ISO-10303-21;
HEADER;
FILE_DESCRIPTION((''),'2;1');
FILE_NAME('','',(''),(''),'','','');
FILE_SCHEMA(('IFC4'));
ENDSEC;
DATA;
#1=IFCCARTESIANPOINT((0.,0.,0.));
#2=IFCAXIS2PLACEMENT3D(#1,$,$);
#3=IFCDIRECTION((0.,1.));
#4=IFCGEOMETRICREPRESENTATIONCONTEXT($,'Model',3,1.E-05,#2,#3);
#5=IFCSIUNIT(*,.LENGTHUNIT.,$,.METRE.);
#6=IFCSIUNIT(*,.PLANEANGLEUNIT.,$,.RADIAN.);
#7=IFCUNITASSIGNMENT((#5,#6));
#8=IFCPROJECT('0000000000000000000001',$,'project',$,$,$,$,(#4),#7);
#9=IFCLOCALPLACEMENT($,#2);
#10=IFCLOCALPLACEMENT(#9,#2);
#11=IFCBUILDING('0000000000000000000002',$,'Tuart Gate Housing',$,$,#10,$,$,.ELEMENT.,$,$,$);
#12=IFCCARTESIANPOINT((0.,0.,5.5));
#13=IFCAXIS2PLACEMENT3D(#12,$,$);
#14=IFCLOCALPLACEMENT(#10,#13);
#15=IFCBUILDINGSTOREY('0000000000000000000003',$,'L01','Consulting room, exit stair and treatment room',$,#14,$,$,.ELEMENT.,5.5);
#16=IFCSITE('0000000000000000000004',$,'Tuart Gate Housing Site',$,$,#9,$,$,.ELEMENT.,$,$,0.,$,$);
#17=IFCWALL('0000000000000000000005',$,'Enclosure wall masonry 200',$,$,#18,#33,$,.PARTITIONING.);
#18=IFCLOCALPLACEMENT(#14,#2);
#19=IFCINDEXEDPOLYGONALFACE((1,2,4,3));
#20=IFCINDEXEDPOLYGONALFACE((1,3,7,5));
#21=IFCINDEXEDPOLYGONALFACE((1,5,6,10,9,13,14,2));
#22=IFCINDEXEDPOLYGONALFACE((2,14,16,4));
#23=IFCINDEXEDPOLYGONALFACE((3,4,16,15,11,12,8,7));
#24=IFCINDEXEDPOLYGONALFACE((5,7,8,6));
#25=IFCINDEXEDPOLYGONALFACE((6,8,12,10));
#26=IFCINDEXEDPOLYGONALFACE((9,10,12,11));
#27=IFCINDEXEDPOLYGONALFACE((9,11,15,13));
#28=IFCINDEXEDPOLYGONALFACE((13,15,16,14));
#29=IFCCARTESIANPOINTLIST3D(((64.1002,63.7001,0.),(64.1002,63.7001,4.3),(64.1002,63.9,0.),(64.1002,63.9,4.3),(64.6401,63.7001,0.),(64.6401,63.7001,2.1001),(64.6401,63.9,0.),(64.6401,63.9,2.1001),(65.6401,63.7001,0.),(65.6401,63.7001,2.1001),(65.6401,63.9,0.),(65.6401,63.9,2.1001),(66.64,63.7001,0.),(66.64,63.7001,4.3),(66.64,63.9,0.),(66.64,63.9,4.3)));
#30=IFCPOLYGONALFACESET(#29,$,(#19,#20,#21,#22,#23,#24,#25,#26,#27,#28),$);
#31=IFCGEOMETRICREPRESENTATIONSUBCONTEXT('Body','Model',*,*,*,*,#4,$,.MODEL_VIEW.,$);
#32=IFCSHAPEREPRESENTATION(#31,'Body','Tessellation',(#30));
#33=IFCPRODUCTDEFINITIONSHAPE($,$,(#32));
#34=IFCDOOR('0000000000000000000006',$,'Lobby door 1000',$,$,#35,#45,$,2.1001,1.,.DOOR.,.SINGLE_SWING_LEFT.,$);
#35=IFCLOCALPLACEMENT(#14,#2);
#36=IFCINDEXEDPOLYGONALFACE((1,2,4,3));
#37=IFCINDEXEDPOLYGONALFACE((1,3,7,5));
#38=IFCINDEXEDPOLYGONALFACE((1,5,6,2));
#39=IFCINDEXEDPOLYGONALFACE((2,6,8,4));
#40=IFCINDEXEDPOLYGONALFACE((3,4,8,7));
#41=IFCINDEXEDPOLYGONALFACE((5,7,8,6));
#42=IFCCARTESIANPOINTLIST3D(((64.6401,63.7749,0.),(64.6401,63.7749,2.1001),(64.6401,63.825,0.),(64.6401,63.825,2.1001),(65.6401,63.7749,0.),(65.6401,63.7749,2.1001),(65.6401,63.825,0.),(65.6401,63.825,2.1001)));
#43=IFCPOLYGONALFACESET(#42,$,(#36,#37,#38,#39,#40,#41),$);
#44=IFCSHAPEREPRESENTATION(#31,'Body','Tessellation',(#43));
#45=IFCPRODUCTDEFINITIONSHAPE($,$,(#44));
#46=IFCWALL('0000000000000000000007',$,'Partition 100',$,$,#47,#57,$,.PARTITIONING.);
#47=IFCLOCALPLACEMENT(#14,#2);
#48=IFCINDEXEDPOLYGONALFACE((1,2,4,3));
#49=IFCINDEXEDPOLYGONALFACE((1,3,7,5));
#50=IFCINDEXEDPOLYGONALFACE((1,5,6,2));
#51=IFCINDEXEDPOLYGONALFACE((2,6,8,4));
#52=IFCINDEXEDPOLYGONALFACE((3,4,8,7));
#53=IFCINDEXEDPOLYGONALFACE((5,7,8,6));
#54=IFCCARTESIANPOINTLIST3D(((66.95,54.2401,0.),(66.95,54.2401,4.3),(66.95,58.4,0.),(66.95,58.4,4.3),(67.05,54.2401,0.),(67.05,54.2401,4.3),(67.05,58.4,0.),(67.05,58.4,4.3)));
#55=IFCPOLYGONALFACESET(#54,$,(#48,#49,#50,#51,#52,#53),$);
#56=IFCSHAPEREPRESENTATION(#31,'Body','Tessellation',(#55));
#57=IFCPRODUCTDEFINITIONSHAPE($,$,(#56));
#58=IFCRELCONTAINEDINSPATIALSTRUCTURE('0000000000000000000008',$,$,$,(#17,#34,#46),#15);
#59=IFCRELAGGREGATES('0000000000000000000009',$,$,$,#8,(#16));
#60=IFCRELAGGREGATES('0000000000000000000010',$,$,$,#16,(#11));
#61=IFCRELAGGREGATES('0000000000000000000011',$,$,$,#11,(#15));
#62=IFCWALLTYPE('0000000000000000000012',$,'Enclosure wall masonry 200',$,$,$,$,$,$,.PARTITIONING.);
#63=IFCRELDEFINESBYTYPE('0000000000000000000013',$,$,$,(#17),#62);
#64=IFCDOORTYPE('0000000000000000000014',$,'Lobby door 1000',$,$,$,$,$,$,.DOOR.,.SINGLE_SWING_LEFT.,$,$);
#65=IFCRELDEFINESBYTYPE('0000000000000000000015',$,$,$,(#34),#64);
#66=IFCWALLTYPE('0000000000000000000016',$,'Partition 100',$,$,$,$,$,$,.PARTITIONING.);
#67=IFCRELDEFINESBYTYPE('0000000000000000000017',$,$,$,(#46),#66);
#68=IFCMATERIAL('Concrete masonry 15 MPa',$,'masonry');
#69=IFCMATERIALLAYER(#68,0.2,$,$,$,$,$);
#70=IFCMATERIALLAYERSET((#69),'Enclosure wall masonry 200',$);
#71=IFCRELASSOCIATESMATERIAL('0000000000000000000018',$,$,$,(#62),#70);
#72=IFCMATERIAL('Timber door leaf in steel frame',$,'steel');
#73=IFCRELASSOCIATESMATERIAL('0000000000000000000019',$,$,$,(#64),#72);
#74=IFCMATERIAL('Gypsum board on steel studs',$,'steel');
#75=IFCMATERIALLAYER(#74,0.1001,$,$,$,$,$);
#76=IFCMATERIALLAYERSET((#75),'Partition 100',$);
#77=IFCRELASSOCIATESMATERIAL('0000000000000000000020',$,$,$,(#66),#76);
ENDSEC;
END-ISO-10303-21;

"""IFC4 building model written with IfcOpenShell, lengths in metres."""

from ifc_helpers import new_model, si_unit, direction, frame, frame_2d, origin, place, context, subcontext, project, spatial, rectangle, extrude, material, layer, layer_set, type_object, element, fill, save


model = new_model("IFC4")

# Units and contexts
model_context = context("Model", 3, precision=1e-05, world=origin(), true_north=direction((0.0, 1.0)))
body_context = subcontext(model_context, "Body", "Model", "MODEL_VIEW")
ifc_project = project(units=[si_unit("LENGTHUNIT", "METRE"), si_unit("PLANEANGLEUNIT", "RADIAN")], contexts=[model_context])

# Site, building, storey
site_placement = place(None, origin())
site = spatial("IfcSite", under=ifc_project, at=site_placement, Name="Tuart Gate Housing Site", CompositionType="ELEMENT", RefElevation=0.0)
building_placement = place(site_placement, origin())
building = spatial("IfcBuilding", under=site, at=building_placement, Name="Tuart Gate Housing", CompositionType="ELEMENT")
storey_placement = place(building_placement, frame((0.0, 0.0, 5.5)))
storey = spatial("IfcBuildingStorey", under=building, at=storey_placement, Name="L01", Description="Consulting room, exit stair and treatment room", CompositionType="ELEMENT", Elevation=5.5)

# Wall, opening, door
ifc_material_1 = material(Name="Concrete masonry 15 MPa", Category="masonry")
ifc_layer_1 = layer(ifc_material_1, 0.2)
ifc_layer_set_1 = layer_set([ifc_layer_1], Name="Enclosure wall masonry 200")
wall_type_1 = type_object("IfcWallType", Name="Enclosure wall masonry 200", PredefinedType="PARTITIONING", material=ifc_layer_set_1)
wall_1_placement = place(storey_placement, frame((64.1001, 63.8, 0.0), z_axis=(0.0, 0.0, 1.0), x_axis=(1.0, 0.0, 0.0)))
wall_1 = element("IfcWall", 1, at=wall_1_placement, inside=storey, type_object=wall_type_1, Name="Enclosure wall masonry 200", PredefinedType="PARTITIONING", context=body_context, shape_type="SweptSolid", body=[
    extrude(rectangle(XDim=2.5398, YDim=0.2, at=frame_2d((1.27, 0.0))), origin(), (0.0, 0.0, 1.0), 4.3),
])
opening_1_placement = place(wall_1_placement, frame((0.54, 0.0, 0.0)))
opening_1 = element("IfcOpeningElement", 2, at=opening_1_placement, cuts=wall_1, PredefinedType="OPENING", context=body_context, shape_type="SweptSolid", body=[
    extrude(rectangle(XDim=1.0, YDim=2.1001, at=frame_2d((0.5, 1.05))), frame((0.0, 0.1099, 0.0), z_axis=(0.0, -1.0, 0.0), x_axis=(1.0, 0.0, 0.0)), (0.0, 0.0, 1.0), 0.22),
])
ifc_material_2 = material(Name="Timber door leaf in steel frame", Category="steel")
door_type_1 = type_object("IfcDoorType", Name="Lobby door 1000", OperationType="SINGLE_SWING_LEFT", PredefinedType="DOOR", material=ifc_material_2)
door_1_placement = place(opening_1_placement, origin())
door_1 = element("IfcDoor", 3, at=door_1_placement, inside=storey, type_object=door_type_1, Name="Lobby door 1000", OperationType="SINGLE_SWING_LEFT", OverallHeight=2.1001, OverallWidth=1.0, PredefinedType="DOOR", context=body_context, shape_type="SweptSolid", body=[
    extrude(rectangle(XDim=1.0, YDim=2.1001, at=frame_2d((0.5, 1.05))), frame((0.0, 0.0249, 0.0), z_axis=(0.0, -1.0, 0.0), x_axis=(1.0, 0.0, 0.0)), (0.0, 0.0, 1.0), 0.05),
])
fill(opening_1, door_1)

# Wall
ifc_material_3 = material(Name="Gypsum board on steel studs", Category="steel")
ifc_layer_2 = layer(ifc_material_3, 0.1001)
ifc_layer_set_2 = layer_set([ifc_layer_2], Name="Partition 100")
wall_type_2 = type_object("IfcWallType", Name="Partition 100", PredefinedType="PARTITIONING", material=ifc_layer_set_2)
wall_2_placement = place(storey_placement, frame((67.0, 54.24, 0.0), z_axis=(0.0, 0.0, 1.0), x_axis=(0.0, 1.0, 0.0)))
element("IfcWall", 4, at=wall_2_placement, inside=storey, type_object=wall_type_2, Name="Partition 100", PredefinedType="PARTITIONING", context=body_context, shape_type="SweptSolid", body=[
    extrude(rectangle(XDim=4.1599, YDim=0.1001, at=frame_2d((2.0801, 0.0))), origin(), (0.0, 0.0, 1.0), 4.3),
])

save(model, "model.ifc")
